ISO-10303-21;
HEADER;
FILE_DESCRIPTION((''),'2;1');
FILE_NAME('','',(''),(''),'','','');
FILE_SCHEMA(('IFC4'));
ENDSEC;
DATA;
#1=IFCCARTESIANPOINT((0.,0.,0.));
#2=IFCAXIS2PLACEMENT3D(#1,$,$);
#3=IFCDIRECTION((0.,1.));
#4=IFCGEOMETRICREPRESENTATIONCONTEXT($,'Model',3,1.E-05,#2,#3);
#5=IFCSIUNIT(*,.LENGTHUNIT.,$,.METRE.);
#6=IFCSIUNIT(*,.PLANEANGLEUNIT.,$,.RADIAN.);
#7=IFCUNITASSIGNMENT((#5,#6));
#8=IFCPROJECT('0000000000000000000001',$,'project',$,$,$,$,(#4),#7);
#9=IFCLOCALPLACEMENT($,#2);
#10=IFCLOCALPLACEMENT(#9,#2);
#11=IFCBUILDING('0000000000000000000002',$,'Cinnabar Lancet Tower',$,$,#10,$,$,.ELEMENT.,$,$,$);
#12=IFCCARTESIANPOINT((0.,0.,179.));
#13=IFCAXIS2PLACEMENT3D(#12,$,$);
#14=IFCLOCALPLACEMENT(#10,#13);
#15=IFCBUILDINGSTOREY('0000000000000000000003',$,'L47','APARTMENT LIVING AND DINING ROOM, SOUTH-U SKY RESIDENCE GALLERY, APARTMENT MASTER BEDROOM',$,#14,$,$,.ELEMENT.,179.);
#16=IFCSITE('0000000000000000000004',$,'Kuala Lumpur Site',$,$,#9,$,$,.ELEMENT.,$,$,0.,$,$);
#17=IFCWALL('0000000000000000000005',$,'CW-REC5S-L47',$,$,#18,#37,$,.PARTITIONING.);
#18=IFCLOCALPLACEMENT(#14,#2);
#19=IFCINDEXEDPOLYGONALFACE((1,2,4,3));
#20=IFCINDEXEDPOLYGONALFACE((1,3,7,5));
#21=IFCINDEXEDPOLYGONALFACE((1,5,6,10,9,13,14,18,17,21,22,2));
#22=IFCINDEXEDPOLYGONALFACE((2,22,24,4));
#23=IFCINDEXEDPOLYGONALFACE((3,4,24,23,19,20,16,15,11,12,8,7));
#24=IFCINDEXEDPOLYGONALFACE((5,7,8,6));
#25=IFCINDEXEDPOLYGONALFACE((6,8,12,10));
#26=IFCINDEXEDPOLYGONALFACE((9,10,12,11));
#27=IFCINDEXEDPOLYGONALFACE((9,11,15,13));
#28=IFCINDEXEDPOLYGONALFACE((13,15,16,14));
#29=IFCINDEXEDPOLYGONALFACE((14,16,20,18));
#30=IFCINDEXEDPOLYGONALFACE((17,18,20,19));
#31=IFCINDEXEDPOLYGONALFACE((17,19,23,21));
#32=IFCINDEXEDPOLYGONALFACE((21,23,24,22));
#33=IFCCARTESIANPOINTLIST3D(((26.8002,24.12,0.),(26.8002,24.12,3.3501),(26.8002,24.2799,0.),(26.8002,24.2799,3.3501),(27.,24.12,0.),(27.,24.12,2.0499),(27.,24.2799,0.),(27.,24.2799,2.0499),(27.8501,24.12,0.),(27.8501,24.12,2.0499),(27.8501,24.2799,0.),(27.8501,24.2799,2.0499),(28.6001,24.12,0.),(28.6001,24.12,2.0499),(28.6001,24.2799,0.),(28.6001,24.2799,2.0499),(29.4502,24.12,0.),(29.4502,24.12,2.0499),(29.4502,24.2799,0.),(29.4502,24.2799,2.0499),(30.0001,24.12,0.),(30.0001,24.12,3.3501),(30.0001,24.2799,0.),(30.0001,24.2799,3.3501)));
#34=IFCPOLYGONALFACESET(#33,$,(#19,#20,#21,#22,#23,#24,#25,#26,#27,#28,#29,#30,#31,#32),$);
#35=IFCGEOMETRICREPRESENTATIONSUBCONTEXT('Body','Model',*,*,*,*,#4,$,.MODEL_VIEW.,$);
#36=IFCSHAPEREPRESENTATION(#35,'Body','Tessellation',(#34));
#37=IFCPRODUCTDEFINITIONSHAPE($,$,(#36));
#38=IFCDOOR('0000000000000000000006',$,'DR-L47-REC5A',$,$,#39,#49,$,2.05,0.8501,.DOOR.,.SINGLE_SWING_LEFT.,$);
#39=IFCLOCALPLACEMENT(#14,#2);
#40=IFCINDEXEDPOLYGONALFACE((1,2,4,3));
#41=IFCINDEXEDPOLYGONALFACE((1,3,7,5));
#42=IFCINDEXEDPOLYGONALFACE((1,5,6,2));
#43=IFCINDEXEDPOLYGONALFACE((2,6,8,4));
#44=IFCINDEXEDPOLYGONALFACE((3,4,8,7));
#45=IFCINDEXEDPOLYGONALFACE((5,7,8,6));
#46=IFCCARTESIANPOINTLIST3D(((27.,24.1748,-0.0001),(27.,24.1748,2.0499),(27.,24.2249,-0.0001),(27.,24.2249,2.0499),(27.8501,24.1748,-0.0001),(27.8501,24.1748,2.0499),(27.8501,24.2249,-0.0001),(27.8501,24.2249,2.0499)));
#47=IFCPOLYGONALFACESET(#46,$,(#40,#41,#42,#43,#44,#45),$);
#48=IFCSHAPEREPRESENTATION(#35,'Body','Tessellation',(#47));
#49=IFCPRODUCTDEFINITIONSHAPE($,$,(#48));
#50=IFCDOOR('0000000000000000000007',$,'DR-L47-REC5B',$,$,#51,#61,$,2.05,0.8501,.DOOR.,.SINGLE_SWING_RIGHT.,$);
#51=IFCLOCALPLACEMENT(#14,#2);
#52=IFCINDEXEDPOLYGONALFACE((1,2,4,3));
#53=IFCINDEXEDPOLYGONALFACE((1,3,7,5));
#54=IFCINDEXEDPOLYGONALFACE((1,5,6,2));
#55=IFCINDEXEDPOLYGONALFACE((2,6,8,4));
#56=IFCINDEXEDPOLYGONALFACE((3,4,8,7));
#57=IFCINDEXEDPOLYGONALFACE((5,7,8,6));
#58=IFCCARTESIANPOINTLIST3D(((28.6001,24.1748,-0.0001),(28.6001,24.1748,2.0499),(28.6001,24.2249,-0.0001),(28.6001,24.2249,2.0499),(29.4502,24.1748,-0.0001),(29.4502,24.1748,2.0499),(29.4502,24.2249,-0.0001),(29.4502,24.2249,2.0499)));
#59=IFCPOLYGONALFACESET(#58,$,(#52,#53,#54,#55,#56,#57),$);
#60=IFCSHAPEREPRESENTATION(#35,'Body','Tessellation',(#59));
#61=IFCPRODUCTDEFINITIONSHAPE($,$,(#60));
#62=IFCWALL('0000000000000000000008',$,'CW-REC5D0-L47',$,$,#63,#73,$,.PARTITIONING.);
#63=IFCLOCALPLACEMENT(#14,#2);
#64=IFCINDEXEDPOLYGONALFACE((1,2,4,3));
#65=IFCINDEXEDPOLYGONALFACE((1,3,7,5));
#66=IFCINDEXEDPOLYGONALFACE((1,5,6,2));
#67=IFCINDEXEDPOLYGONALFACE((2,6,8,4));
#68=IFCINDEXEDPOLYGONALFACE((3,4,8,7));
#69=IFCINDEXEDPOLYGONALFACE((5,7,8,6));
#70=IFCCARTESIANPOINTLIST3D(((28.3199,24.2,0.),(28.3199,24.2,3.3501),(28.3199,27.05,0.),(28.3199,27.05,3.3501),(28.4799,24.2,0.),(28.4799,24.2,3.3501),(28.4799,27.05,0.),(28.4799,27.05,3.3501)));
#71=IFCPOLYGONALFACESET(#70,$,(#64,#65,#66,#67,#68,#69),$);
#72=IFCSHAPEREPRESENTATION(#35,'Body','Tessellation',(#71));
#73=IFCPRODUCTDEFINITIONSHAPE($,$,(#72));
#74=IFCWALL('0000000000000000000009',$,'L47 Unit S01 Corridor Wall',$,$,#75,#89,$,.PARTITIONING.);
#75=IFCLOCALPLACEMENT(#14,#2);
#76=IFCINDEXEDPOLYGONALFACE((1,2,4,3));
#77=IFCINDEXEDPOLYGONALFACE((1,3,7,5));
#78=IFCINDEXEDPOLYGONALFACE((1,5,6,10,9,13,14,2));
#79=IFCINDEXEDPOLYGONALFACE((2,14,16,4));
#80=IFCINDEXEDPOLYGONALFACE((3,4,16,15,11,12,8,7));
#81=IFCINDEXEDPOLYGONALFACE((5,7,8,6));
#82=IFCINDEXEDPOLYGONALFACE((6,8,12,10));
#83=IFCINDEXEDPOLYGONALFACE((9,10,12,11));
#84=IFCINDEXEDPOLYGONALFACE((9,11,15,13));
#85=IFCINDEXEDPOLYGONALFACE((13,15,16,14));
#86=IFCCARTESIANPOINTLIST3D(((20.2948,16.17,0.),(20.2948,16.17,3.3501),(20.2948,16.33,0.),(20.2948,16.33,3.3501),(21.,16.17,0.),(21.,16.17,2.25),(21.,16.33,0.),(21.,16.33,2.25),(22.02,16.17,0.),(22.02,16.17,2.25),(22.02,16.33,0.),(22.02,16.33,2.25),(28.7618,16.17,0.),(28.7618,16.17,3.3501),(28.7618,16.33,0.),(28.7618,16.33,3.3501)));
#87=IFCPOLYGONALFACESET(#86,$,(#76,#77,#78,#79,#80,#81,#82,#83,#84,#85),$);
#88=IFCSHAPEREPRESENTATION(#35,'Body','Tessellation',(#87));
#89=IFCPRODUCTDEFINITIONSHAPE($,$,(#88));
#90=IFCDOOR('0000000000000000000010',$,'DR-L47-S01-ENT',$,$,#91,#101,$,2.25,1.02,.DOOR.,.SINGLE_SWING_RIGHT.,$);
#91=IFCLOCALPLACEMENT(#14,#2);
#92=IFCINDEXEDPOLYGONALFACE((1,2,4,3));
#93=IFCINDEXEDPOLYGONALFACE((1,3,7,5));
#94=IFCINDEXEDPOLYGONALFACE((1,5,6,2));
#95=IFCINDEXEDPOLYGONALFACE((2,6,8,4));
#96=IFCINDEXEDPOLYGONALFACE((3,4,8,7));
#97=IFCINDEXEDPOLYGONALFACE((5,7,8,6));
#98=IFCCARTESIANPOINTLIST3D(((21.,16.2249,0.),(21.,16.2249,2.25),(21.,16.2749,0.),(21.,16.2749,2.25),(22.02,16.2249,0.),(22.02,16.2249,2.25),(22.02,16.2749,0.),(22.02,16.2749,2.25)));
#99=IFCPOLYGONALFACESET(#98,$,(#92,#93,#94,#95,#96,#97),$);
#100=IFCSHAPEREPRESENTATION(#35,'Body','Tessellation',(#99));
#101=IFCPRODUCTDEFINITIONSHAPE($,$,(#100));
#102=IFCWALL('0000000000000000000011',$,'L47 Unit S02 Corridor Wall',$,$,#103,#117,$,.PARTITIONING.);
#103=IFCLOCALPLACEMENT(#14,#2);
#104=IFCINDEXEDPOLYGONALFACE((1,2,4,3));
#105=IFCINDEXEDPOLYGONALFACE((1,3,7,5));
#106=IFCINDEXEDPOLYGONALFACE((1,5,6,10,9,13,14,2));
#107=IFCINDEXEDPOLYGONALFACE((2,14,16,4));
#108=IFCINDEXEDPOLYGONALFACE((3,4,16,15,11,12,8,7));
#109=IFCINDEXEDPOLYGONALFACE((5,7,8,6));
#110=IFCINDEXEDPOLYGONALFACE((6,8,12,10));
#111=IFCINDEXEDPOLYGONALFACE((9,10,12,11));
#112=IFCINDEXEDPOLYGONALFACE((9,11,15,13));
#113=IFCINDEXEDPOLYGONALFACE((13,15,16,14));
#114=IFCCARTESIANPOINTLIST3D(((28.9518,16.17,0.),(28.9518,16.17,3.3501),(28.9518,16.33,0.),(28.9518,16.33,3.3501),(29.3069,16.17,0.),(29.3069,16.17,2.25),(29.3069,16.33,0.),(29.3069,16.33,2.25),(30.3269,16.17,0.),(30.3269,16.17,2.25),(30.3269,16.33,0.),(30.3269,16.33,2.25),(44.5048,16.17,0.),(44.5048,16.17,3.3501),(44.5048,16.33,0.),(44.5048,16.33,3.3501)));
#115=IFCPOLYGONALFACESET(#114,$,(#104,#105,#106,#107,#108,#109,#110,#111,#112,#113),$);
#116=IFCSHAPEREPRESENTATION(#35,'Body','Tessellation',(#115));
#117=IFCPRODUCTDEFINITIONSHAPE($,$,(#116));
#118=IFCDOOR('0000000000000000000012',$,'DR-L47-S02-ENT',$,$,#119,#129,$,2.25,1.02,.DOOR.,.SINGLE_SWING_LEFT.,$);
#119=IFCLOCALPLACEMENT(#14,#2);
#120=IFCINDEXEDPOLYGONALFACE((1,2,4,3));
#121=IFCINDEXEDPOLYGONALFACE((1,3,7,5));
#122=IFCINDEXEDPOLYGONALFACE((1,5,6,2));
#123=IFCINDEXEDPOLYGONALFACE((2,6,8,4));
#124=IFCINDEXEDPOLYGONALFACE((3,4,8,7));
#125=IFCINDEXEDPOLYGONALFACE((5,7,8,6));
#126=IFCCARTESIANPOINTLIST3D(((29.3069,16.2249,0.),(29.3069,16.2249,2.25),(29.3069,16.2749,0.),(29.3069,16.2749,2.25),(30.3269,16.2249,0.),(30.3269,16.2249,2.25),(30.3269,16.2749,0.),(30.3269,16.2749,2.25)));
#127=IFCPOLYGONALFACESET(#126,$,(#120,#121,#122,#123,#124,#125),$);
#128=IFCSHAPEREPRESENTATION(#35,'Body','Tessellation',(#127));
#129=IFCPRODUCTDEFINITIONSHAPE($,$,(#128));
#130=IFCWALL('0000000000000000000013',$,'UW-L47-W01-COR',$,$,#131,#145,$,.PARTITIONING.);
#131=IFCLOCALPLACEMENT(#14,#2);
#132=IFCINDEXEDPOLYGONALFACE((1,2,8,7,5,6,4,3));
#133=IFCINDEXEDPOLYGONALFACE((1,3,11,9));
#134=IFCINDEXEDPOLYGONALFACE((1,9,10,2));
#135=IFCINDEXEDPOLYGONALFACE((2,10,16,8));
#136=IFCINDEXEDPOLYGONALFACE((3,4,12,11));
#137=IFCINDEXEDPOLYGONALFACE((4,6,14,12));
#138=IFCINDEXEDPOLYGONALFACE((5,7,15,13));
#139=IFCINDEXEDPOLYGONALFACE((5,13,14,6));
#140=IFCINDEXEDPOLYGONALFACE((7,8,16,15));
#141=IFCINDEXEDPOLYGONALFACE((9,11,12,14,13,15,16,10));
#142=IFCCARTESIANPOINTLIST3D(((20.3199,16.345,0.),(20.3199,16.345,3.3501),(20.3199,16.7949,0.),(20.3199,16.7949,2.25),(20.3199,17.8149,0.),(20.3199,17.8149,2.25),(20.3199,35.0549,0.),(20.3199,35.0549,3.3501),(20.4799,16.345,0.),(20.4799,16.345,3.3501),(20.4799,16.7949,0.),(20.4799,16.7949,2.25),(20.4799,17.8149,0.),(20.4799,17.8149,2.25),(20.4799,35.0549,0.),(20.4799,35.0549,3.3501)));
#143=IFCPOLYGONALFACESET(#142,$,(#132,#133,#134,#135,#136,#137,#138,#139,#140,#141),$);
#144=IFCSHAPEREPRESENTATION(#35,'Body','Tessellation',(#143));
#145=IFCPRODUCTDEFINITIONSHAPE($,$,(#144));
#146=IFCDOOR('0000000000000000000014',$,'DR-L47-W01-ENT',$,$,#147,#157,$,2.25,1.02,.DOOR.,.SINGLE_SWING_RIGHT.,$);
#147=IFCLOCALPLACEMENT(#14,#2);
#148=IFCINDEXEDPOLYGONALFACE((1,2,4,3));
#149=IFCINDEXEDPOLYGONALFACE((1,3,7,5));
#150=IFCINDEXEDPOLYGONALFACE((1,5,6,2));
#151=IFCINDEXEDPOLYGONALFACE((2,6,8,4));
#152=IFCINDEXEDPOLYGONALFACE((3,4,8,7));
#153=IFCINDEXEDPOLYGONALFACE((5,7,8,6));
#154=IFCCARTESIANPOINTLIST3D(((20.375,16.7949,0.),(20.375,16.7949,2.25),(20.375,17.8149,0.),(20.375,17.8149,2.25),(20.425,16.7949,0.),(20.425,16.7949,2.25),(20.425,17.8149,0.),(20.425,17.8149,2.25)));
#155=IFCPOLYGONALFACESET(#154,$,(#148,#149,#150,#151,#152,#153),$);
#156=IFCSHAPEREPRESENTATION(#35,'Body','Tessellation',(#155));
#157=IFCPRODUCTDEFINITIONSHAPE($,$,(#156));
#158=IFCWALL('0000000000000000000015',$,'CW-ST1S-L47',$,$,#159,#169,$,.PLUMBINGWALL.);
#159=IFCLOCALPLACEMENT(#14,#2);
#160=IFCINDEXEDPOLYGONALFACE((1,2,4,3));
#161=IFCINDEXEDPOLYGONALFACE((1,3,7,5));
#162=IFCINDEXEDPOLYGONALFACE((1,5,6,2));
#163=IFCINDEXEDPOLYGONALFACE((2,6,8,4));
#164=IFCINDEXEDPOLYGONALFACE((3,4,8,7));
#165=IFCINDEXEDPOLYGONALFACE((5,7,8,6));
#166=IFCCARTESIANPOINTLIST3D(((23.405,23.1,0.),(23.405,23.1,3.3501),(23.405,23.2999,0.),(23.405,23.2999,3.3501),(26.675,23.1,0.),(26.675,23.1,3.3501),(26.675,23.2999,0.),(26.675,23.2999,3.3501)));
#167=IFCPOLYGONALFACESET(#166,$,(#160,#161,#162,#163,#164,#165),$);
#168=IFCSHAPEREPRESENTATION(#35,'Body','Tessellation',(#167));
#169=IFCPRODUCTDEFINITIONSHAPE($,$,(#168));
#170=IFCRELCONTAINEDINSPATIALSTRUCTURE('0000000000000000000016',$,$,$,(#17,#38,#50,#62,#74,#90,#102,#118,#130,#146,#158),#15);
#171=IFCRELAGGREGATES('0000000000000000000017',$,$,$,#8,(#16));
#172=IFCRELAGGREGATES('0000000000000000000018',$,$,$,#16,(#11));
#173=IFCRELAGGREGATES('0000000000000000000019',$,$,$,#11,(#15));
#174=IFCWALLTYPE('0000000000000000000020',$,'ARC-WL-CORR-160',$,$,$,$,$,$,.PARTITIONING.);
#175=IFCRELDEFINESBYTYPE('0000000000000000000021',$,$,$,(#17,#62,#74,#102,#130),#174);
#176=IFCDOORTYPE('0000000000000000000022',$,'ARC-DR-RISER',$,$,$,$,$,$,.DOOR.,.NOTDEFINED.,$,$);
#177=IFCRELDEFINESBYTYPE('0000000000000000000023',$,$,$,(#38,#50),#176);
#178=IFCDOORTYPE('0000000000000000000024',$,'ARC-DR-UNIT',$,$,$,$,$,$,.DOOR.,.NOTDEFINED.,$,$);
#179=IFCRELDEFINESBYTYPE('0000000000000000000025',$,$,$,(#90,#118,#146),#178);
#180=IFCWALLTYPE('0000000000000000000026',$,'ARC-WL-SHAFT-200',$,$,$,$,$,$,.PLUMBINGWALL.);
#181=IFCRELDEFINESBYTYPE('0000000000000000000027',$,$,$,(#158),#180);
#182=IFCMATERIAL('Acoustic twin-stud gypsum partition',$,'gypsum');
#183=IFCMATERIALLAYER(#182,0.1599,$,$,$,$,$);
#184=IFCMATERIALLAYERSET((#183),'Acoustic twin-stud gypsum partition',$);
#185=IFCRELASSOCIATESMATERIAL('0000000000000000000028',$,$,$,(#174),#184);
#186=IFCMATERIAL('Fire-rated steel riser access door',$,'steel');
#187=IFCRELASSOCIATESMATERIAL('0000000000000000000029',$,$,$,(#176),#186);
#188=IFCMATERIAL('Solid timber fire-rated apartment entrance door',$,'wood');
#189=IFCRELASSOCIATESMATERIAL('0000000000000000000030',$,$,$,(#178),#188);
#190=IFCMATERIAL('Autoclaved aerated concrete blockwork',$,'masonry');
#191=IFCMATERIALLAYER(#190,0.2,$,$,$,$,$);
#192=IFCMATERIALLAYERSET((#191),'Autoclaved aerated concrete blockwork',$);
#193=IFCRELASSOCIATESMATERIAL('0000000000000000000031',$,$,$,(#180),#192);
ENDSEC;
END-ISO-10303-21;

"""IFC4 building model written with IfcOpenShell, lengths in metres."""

from ifc_helpers import new_model, si_unit, direction, frame, frame_2d, origin, place, context, subcontext, project, spatial, rectangle, extrude, material, layer, layer_set, type_object, element, fill, save


model = new_model("IFC4")

# Units and contexts
model_context = context("Model", 3, precision=1e-05, world=origin(), true_north=direction((0.0, 1.0)))
body_context = subcontext(model_context, "Body", "Model", "MODEL_VIEW")
ifc_project = project(units=[si_unit("LENGTHUNIT", "METRE"), si_unit("PLANEANGLEUNIT", "RADIAN")], contexts=[model_context])

# Site, building, storey
site_placement = place(None, origin())
site = spatial("IfcSite", under=ifc_project, at=site_placement, Name="Kuala Lumpur Site", CompositionType="ELEMENT", RefElevation=0.0)
building_placement = place(site_placement, origin())
building = spatial("IfcBuilding", under=site, at=building_placement, Name="Cinnabar Lancet Tower", CompositionType="ELEMENT")
storey_placement = place(building_placement, frame((0.0, 0.0, 179.0)))
storey = spatial("IfcBuildingStorey", under=building, at=storey_placement, Name="L47", Description="APARTMENT LIVING AND DINING ROOM, SOUTH-U SKY RESIDENCE GALLERY, APARTMENT MASTER BEDROOM", CompositionType="ELEMENT", Elevation=179.0)

# Wall, openings, doors
ifc_material_1 = material(Name="Acoustic twin-stud gypsum partition", Category="gypsum")
ifc_layer_1 = layer(ifc_material_1, 0.1599)
ifc_layer_set_1 = layer_set([ifc_layer_1], Name="Acoustic twin-stud gypsum partition")
wall_type_1 = type_object("IfcWallType", Name="ARC-WL-CORR-160", PredefinedType="PARTITIONING", material=ifc_layer_set_1)
wall_1_placement = place(storey_placement, frame((26.8, 24.2, 0.0), z_axis=(0.0, 0.0, 1.0), x_axis=(1.0, 0.0, 0.0)))
wall_1 = element("IfcWall", 1, at=wall_1_placement, inside=storey, type_object=wall_type_1, Name="CW-REC5S-L47", PredefinedType="PARTITIONING", context=body_context, shape_type="SweptSolid", body=[
    extrude(rectangle(XDim=3.2, YDim=0.1599, at=frame_2d((1.6001, 0.0))), origin(), (0.0, 0.0, 1.0), 3.3501),
])
opening_1_placement = place(wall_1_placement, frame((0.2, 0.0, 0.0)))
opening_1 = element("IfcOpeningElement", 2, at=opening_1_placement, cuts=wall_1, PredefinedType="OPENING", context=body_context, shape_type="SweptSolid", body=[
    extrude(rectangle(XDim=0.8501, YDim=2.05, at=frame_2d((0.425, 1.0249))), frame((0.0, 0.0898, 0.0), z_axis=(0.0, -1.0, 0.0), x_axis=(1.0, 0.0, 0.0)), (0.0, 0.0, 1.0), 0.1799),
])
opening_2_placement = place(wall_1_placement, frame((1.8, 0.0, 0.0)))
opening_2 = element("IfcOpeningElement", 3, at=opening_2_placement, cuts=wall_1, PredefinedType="OPENING", context=body_context, shape_type="SweptSolid", body=[
    extrude(rectangle(XDim=0.8501, YDim=2.05, at=frame_2d((0.425, 1.0249))), frame((0.0, 0.0898, 0.0), z_axis=(0.0, -1.0, 0.0), x_axis=(1.0, 0.0, 0.0)), (0.0, 0.0, 1.0), 0.1799),
])
ifc_material_2 = material(Name="Fire-rated steel riser access door", Category="steel")
door_type_1 = type_object("IfcDoorType", Name="ARC-DR-RISER", OperationType="NOTDEFINED", PredefinedType="DOOR", material=ifc_material_2)
door_1_placement = place(opening_1_placement, origin())
door_1 = element("IfcDoor", 4, at=door_1_placement, inside=storey, type_object=door_type_1, Name="DR-L47-REC5A", OperationType="SINGLE_SWING_LEFT", OverallHeight=2.05, OverallWidth=0.8501, PredefinedType="DOOR", context=body_context, shape_type="SweptSolid", body=[
    extrude(rectangle(XDim=0.8501, YDim=2.05, at=frame_2d((0.425, 1.0249))), frame((0.0, 0.0249, 0.0), z_axis=(0.0, -1.0, 0.0), x_axis=(1.0, 0.0, 0.0)), (0.0, 0.0, 1.0), 0.05),
])
fill(opening_1, door_1)
door_2_placement = place(opening_2_placement, origin())
door_2 = element("IfcDoor", 5, at=door_2_placement, inside=storey, type_object=door_type_1, Name="DR-L47-REC5B", OperationType="SINGLE_SWING_RIGHT", OverallHeight=2.05, OverallWidth=0.8501, PredefinedType="DOOR", context=body_context, shape_type="SweptSolid", body=[
    extrude(rectangle(XDim=0.8501, YDim=2.05, at=frame_2d((0.425, 1.0249))), frame((0.0, 0.0249, 0.0), z_axis=(0.0, -1.0, 0.0), x_axis=(1.0, 0.0, 0.0)), (0.0, 0.0, 1.0), 0.05),
])
fill(opening_2, door_2)

# Wall
wall_2_placement = place(storey_placement, frame((28.3999, 24.2, 0.0), z_axis=(0.0, 0.0, 1.0), x_axis=(0.0, 1.0, 0.0)))
element("IfcWall", 6, at=wall_2_placement, inside=storey, type_object=wall_type_1, Name="CW-REC5D0-L47", PredefinedType="PARTITIONING", context=body_context, shape_type="SweptSolid", body=[
    extrude(rectangle(XDim=2.8501, YDim=0.1599, at=frame_2d((1.425, 0.0))), origin(), (0.0, 0.0, 1.0), 3.3501),
])

# Walls, openings, doors
wall_3_placement = place(storey_placement, frame((20.2949, 16.25, 0.0), z_axis=(0.0, 0.0, 1.0), x_axis=(1.0, 0.0, 0.0)))
wall_3 = element("IfcWall", 7, at=wall_3_placement, inside=storey, type_object=wall_type_1, Name="L47 Unit S01 Corridor Wall", PredefinedType="PARTITIONING", context=body_context, shape_type="SweptSolid", body=[
    extrude(rectangle(XDim=8.467, YDim=0.1599, at=frame_2d((4.2334, 0.0))), origin(), (0.0, 0.0, 1.0), 3.3501),
])
opening_3_placement = place(wall_3_placement, frame((0.7051, 0.0, 0.0)))
opening_3 = element("IfcOpeningElement", 8, at=opening_3_placement, cuts=wall_3, PredefinedType="OPENING", context=body_context, shape_type="SweptSolid", body=[
    extrude(rectangle(XDim=1.02, YDim=2.25, at=frame_2d((0.51, 1.125))), frame((0.0, 0.0898, 0.0), z_axis=(0.0, -1.0, 0.0), x_axis=(1.0, 0.0, 0.0)), (0.0, 0.0, 1.0), 0.1799),
])
ifc_material_3 = material(Name="Solid timber fire-rated apartment entrance door", Category="wood")
door_type_2 = type_object("IfcDoorType", Name="ARC-DR-UNIT", OperationType="NOTDEFINED", PredefinedType="DOOR", material=ifc_material_3)
door_3_placement = place(opening_3_placement, origin())
door_3 = element("IfcDoor", 9, at=door_3_placement, inside=storey, type_object=door_type_2, Name="DR-L47-S01-ENT", OperationType="SINGLE_SWING_RIGHT", OverallHeight=2.25, OverallWidth=1.02, PredefinedType="DOOR", context=body_context, shape_type="SweptSolid", body=[
    extrude(rectangle(XDim=1.02, YDim=2.25, at=frame_2d((0.51, 1.125))), frame((0.0, 0.0249, 0.0), z_axis=(0.0, -1.0, 0.0), x_axis=(1.0, 0.0, 0.0)), (0.0, 0.0, 1.0), 0.05),
])
fill(opening_3, door_3)
wall_4_placement = place(storey_placement, frame((28.9519, 16.25, 0.0), z_axis=(0.0, 0.0, 1.0), x_axis=(1.0, 0.0, 0.0)))
wall_4 = element("IfcWall", 10, at=wall_4_placement, inside=storey, type_object=wall_type_1, Name="L47 Unit S02 Corridor Wall", PredefinedType="PARTITIONING", context=body_context, shape_type="SweptSolid", body=[
    extrude(rectangle(XDim=15.553, YDim=0.1599, at=frame_2d((7.7764, 0.0))), origin(), (0.0, 0.0, 1.0), 3.3501),
])
opening_4_placement = place(wall_4_placement, frame((0.355, 0.0, 0.0)))
opening_4 = element("IfcOpeningElement", 11, at=opening_4_placement, cuts=wall_4, PredefinedType="OPENING", context=body_context, shape_type="SweptSolid", body=[
    extrude(rectangle(XDim=1.02, YDim=2.25, at=frame_2d((0.51, 1.125))), frame((0.0, 0.0898, 0.0), z_axis=(0.0, -1.0, 0.0), x_axis=(1.0, 0.0, 0.0)), (0.0, 0.0, 1.0), 0.1799),
])
door_4_placement = place(opening_4_placement, origin())
door_4 = element("IfcDoor", 12, at=door_4_placement, inside=storey, type_object=door_type_2, Name="DR-L47-S02-ENT", OperationType="SINGLE_SWING_LEFT", OverallHeight=2.25, OverallWidth=1.02, PredefinedType="DOOR", context=body_context, shape_type="SweptSolid", body=[
    extrude(rectangle(XDim=1.02, YDim=2.25, at=frame_2d((0.51, 1.125))), frame((0.0, 0.0249, 0.0), z_axis=(0.0, -1.0, 0.0), x_axis=(1.0, 0.0, 0.0)), (0.0, 0.0, 1.0), 0.05),
])
fill(opening_4, door_4)
wall_5_placement = place(storey_placement, frame((20.3999, 16.345, 0.0), z_axis=(0.0, 0.0, 1.0), x_axis=(0.0, 1.0, 0.0)))
wall_5 = element("IfcWall", 13, at=wall_5_placement, inside=storey, type_object=wall_type_1, Name="UW-L47-W01-COR", PredefinedType="PARTITIONING", context=body_context, shape_type="SweptSolid", body=[
    extrude(rectangle(XDim=18.71, YDim=0.1599, at=frame_2d((9.355, 0.0))), origin(), (0.0, 0.0, 1.0), 3.3501),
])
opening_5_placement = place(wall_5_placement, frame((0.45, 0.0, 0.0)))
opening_5 = element("IfcOpeningElement", 14, at=opening_5_placement, cuts=wall_5, PredefinedType="OPENING", context=body_context, shape_type="SweptSolid", body=[
    extrude(rectangle(XDim=1.02, YDim=2.25, at=frame_2d((0.51, 1.125))), frame((0.0, 0.0898, 0.0), z_axis=(0.0, -1.0, 0.0), x_axis=(1.0, 0.0, 0.0)), (0.0, 0.0, 1.0), 0.1799),
])
door_5_placement = place(opening_5_placement, origin())
door_5 = element("IfcDoor", 15, at=door_5_placement, inside=storey, type_object=door_type_2, Name="DR-L47-W01-ENT", OperationType="SINGLE_SWING_RIGHT", OverallHeight=2.25, OverallWidth=1.02, PredefinedType="DOOR", context=body_context, shape_type="SweptSolid", body=[
    extrude(rectangle(XDim=1.02, YDim=2.25, at=frame_2d((0.51, 1.125))), frame((0.0, 0.0249, 0.0), z_axis=(0.0, -1.0, 0.0), x_axis=(1.0, 0.0, 0.0)), (0.0, 0.0, 1.0), 0.05),
])
fill(opening_5, door_5)

# Wall
ifc_material_4 = material(Name="Autoclaved aerated concrete blockwork", Category="masonry")
ifc_layer_2 = layer(ifc_material_4, 0.2)
ifc_layer_set_2 = layer_set([ifc_layer_2], Name="Autoclaved aerated concrete blockwork")
wall_type_2 = type_object("IfcWallType", Name="ARC-WL-SHAFT-200", PredefinedType="PLUMBINGWALL", material=ifc_layer_set_2)
wall_6_placement = place(storey_placement, frame((23.405, 23.2, 0.0), z_axis=(0.0, 0.0, 1.0), x_axis=(1.0, 0.0, 0.0)))
element("IfcWall", 16, at=wall_6_placement, inside=storey, type_object=wall_type_2, Name="CW-ST1S-L47", PredefinedType="PLUMBINGWALL", context=body_context, shape_type="SweptSolid", body=[
    extrude(rectangle(XDim=3.27, YDim=0.2, at=frame_2d((1.635, 0.0))), origin(), (0.0, 0.0, 1.0), 3.3501),
])

save(model, "model.ifc")
